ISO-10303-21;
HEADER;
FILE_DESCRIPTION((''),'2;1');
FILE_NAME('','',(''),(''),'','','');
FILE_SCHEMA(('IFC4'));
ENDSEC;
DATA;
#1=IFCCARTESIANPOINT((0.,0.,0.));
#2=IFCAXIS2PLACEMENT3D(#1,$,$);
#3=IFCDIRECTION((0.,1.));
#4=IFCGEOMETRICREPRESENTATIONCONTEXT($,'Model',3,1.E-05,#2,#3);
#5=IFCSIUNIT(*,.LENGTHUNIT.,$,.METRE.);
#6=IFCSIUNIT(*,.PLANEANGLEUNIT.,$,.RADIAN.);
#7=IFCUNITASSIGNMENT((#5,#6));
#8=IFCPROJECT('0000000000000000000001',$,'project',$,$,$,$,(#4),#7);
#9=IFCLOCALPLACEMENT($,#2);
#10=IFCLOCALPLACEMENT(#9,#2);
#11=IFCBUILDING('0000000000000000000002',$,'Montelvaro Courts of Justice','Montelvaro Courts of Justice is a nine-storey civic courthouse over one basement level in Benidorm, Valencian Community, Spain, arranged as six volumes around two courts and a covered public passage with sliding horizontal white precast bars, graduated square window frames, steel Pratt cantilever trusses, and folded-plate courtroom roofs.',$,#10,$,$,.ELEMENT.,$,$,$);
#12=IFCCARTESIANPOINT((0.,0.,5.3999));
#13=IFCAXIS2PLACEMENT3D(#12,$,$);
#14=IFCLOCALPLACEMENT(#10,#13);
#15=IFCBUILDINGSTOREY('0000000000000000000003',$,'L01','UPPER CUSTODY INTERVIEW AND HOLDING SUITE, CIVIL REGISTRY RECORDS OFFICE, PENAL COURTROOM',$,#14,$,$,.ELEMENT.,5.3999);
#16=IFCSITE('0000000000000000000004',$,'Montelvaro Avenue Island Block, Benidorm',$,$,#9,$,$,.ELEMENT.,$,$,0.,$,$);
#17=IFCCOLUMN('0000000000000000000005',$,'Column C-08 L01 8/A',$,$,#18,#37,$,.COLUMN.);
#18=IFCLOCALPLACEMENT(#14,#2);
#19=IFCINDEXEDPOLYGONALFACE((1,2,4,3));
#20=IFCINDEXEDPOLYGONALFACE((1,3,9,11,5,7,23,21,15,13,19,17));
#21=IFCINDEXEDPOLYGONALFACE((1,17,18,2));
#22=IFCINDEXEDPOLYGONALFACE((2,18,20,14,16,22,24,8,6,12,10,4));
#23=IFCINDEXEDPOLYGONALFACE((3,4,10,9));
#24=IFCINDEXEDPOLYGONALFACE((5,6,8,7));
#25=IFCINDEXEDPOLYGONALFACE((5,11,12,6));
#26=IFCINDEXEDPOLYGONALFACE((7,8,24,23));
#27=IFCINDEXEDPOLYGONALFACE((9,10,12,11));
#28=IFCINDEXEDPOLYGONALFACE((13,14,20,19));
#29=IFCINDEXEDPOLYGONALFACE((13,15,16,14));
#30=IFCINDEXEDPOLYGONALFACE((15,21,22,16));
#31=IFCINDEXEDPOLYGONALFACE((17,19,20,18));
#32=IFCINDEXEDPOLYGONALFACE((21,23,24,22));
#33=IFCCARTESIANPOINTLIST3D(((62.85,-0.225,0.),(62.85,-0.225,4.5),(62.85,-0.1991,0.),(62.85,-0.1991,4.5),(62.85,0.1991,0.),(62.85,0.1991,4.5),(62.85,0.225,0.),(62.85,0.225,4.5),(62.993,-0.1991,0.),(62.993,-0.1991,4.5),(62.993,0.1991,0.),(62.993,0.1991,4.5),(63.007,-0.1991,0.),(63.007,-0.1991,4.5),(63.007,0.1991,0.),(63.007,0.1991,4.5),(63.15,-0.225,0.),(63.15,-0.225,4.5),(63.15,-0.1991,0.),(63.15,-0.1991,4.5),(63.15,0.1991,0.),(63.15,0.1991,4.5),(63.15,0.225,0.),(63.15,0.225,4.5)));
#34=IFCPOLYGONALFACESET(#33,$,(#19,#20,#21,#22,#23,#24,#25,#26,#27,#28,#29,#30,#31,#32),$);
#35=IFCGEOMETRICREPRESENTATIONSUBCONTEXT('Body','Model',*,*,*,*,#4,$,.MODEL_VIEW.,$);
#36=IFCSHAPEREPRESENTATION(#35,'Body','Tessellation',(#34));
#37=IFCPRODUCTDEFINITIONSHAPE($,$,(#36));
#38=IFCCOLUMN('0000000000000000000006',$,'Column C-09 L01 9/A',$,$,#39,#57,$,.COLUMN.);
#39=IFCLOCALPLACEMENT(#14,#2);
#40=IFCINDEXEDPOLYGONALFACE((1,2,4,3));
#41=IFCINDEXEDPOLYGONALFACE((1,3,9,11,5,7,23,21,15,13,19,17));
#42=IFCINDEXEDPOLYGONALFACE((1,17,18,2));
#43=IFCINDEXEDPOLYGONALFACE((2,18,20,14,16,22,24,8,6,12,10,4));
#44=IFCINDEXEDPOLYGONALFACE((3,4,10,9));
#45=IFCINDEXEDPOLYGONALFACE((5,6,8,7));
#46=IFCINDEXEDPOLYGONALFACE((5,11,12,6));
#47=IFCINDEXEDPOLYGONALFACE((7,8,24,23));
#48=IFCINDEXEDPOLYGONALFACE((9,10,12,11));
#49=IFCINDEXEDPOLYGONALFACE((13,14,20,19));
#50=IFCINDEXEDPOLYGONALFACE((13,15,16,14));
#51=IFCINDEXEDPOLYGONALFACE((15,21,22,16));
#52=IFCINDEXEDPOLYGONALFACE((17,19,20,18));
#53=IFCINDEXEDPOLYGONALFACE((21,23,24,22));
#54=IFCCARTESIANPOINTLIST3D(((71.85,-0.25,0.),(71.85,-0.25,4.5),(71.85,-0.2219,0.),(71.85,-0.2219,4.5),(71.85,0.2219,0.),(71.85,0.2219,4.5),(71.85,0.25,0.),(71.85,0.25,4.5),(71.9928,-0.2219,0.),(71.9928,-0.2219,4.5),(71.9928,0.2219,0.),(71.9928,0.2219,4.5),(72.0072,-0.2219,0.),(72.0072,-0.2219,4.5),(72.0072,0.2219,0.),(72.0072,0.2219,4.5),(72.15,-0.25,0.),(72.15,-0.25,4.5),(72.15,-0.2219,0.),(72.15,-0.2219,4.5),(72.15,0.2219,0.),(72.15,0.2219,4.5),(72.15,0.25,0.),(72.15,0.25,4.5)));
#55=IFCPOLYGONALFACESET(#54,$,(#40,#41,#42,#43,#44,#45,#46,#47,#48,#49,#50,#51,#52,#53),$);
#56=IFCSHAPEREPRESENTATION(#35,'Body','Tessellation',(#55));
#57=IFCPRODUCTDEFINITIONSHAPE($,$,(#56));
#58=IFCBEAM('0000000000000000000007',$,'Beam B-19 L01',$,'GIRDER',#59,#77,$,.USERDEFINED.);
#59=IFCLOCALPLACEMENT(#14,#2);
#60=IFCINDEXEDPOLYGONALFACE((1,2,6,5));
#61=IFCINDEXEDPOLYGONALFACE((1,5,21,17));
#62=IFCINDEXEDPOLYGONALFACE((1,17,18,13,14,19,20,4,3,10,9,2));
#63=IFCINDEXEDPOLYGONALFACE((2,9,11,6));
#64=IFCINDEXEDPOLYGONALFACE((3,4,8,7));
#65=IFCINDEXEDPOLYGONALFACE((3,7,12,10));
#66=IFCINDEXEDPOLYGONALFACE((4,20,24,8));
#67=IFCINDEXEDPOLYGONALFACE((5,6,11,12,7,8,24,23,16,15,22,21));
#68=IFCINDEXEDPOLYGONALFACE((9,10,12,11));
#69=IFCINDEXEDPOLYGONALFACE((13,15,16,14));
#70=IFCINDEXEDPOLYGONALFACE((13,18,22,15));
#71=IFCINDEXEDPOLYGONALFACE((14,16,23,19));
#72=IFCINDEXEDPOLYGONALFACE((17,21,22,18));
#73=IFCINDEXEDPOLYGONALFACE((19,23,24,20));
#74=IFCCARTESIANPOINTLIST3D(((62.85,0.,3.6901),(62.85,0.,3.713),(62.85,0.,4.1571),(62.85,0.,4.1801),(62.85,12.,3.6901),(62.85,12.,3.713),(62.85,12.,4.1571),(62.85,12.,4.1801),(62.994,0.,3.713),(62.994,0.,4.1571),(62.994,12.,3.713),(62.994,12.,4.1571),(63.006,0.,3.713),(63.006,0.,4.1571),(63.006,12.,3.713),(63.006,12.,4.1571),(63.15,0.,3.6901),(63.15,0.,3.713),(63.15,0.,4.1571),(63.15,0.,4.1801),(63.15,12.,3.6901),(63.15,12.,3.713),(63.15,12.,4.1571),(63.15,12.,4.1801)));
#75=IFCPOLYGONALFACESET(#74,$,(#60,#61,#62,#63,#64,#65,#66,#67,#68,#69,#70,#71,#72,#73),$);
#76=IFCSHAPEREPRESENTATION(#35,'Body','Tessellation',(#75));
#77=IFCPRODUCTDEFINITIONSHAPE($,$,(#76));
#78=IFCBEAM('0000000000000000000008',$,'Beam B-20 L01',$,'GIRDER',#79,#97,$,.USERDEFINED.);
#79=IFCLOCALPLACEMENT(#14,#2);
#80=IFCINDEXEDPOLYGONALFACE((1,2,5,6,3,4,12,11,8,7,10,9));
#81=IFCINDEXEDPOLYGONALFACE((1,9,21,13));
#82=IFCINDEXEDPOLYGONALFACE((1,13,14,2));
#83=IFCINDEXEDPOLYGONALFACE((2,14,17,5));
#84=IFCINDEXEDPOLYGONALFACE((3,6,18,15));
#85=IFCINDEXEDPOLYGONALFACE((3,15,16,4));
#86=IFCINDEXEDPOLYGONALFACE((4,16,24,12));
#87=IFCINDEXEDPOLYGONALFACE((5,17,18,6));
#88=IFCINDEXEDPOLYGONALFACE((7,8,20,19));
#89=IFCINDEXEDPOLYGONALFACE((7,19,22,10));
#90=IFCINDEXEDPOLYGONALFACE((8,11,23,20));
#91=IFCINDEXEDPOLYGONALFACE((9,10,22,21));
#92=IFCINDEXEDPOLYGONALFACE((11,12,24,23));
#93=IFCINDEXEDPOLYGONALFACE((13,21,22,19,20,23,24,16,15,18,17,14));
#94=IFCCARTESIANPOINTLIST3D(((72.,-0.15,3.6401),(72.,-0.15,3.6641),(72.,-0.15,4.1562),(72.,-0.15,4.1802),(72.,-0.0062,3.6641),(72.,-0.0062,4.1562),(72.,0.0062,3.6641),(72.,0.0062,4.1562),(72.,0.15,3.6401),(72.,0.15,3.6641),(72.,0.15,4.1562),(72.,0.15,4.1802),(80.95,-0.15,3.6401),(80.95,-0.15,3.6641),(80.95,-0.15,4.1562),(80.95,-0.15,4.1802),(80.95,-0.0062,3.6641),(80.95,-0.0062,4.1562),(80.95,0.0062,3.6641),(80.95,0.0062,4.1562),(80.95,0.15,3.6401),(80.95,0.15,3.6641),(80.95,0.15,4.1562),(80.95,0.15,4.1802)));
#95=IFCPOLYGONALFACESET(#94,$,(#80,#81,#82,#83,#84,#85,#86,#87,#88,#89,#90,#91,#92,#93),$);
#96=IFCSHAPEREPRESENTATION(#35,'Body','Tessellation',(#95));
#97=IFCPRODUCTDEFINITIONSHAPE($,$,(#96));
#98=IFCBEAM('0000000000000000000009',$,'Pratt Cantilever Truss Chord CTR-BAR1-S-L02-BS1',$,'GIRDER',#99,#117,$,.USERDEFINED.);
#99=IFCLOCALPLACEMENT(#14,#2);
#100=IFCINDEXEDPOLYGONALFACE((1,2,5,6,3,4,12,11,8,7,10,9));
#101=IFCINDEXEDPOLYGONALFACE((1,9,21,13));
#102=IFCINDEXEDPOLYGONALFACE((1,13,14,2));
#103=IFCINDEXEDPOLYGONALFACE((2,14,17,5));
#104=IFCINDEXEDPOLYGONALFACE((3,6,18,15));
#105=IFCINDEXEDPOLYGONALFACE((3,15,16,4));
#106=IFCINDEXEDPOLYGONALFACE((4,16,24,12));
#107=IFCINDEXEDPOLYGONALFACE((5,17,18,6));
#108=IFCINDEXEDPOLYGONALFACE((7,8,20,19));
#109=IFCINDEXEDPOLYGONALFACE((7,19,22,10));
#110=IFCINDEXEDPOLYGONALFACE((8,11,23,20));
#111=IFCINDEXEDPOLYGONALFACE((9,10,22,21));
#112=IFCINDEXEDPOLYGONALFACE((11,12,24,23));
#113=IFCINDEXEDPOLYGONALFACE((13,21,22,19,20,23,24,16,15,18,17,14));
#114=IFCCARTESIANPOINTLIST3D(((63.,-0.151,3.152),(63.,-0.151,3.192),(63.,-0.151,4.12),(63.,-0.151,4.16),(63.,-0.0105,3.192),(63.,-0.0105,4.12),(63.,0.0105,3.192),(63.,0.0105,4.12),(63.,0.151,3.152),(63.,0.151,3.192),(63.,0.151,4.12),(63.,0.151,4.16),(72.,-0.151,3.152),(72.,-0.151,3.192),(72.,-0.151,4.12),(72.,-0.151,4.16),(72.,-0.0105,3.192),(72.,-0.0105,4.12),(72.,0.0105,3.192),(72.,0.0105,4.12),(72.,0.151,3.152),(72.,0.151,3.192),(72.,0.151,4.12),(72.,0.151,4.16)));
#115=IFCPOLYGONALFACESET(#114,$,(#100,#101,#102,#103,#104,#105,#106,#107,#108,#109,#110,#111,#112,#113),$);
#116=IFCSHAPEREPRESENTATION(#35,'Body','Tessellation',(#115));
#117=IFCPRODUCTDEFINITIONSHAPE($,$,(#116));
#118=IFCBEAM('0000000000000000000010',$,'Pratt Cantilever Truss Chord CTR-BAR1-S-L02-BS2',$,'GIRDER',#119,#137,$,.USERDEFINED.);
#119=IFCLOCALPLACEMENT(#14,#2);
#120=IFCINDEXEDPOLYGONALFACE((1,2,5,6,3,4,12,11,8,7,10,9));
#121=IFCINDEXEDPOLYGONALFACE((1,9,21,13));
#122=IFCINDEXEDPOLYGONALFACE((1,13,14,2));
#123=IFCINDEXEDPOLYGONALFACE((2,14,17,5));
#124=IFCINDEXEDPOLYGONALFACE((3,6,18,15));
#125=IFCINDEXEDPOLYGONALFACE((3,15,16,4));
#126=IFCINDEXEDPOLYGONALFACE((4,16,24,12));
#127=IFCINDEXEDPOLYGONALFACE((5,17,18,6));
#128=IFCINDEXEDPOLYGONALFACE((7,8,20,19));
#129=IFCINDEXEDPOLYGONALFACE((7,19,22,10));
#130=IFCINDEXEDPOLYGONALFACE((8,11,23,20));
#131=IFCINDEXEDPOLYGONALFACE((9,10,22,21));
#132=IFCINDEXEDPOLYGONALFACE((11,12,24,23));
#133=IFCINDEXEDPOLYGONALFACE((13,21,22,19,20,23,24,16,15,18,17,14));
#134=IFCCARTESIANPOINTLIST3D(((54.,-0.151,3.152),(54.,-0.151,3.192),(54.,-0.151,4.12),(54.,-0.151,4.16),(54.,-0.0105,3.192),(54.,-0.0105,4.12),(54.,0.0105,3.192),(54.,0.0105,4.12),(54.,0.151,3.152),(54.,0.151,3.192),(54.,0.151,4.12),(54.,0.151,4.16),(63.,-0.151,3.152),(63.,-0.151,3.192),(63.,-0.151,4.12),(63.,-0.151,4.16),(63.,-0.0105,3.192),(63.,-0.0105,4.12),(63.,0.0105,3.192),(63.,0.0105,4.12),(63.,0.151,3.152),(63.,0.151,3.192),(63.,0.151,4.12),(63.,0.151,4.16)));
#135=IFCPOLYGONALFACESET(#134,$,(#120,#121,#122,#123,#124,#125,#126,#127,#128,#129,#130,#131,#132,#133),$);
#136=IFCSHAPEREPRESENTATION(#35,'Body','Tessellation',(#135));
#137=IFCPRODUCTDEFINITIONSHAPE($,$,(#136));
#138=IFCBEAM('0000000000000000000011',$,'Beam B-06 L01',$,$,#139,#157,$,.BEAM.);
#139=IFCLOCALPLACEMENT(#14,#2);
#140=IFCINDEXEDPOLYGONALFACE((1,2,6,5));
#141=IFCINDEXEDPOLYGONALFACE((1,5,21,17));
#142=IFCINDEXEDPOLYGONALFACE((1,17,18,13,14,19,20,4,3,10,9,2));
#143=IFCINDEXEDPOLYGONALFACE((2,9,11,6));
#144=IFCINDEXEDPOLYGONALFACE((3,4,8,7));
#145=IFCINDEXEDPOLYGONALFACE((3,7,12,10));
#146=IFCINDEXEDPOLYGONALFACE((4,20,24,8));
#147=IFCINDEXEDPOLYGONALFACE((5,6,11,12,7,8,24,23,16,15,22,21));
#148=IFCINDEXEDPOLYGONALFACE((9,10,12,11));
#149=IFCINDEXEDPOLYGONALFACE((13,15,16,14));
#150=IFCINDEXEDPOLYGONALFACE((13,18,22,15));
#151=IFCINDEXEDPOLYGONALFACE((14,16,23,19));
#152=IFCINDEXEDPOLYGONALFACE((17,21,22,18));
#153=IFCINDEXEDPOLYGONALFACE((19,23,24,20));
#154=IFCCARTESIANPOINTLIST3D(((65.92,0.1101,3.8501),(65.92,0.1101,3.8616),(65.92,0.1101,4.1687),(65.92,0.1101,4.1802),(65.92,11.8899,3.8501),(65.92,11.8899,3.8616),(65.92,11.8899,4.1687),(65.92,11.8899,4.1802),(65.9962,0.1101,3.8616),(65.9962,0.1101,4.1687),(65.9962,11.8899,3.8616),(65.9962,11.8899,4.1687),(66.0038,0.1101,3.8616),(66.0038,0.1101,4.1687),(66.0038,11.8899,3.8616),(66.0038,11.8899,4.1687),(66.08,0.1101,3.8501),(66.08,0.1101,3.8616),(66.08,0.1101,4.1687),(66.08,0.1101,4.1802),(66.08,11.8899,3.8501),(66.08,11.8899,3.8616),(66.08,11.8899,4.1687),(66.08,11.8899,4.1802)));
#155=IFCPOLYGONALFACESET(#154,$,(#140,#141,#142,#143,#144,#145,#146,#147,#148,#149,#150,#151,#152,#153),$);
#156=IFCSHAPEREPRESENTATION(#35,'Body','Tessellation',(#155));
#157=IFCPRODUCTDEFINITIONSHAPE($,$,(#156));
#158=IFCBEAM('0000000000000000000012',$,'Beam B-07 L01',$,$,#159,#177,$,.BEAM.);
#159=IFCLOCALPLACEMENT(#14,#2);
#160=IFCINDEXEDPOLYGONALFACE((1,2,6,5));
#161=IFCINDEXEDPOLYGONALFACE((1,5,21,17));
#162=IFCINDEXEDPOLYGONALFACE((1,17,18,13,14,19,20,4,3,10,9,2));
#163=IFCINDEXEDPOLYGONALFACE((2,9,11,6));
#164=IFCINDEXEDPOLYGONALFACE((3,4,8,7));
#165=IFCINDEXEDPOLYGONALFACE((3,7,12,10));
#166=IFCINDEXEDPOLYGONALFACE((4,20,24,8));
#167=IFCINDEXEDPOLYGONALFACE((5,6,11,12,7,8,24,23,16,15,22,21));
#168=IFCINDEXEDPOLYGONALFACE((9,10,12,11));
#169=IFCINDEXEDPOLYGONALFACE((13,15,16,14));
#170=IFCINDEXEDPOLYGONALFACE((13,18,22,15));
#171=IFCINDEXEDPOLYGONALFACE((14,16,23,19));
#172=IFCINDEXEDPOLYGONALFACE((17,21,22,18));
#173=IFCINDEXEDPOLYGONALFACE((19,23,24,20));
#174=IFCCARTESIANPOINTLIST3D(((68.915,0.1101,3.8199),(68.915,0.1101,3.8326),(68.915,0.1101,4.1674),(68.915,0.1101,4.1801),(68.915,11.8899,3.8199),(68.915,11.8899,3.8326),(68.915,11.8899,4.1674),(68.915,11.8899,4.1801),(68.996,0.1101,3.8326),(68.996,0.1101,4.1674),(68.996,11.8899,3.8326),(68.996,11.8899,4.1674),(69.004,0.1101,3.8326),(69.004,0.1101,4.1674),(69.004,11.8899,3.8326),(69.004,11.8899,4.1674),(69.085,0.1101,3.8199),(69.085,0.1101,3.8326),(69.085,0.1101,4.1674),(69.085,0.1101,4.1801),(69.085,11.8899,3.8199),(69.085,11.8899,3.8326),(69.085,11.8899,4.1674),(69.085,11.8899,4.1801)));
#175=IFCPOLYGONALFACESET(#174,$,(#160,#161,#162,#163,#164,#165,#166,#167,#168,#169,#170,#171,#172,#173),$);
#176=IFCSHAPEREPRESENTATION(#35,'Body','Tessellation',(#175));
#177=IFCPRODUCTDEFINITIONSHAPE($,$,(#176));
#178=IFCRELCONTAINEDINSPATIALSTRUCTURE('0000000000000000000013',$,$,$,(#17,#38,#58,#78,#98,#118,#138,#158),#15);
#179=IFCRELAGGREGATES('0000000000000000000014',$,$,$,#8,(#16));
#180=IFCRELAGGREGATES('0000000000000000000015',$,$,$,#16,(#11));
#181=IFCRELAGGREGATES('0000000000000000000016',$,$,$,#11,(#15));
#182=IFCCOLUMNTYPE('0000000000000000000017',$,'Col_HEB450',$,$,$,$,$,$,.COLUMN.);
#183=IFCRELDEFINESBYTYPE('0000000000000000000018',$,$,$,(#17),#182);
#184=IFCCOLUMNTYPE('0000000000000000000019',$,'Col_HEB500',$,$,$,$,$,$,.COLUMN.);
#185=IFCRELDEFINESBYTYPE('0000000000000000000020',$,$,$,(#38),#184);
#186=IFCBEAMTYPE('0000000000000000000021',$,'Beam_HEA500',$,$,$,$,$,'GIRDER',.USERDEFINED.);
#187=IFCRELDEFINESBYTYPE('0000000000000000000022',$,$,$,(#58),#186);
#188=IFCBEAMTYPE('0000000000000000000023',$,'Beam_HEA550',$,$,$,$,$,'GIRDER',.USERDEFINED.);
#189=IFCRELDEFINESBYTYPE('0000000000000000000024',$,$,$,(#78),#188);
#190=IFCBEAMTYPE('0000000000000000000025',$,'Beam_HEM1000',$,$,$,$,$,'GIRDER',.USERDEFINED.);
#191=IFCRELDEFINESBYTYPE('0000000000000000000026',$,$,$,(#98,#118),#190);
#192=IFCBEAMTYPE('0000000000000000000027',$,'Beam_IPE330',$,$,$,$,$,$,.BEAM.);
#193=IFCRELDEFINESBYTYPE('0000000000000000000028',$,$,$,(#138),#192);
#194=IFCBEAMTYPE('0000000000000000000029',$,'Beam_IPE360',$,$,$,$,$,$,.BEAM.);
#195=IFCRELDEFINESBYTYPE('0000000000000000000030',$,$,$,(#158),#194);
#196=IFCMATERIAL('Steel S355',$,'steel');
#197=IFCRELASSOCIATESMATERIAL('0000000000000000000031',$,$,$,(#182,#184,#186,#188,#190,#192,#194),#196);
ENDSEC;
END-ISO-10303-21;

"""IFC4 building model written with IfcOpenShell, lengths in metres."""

from ifc_helpers import new_model, si_unit, direction, frame, origin, origin_2d, place, context, subcontext, project, spatial, i_section, extrude, material, material_profile, profile_set, type_object, element, save


model = new_model("IFC4")

# Units and contexts
model_context = context("Model", 3, precision=1e-05, world=origin(), true_north=direction((0.0, 1.0)))
body_context = subcontext(model_context, "Body", "Model", "MODEL_VIEW")
ifc_project = project(units=[si_unit("LENGTHUNIT", "METRE"), si_unit("PLANEANGLEUNIT", "RADIAN")], contexts=[model_context])

# Site, building, storey
site_placement = place(None, origin())
site = spatial("IfcSite", under=ifc_project, at=site_placement, Name="Montelvaro Avenue Island Block, Benidorm", CompositionType="ELEMENT", RefElevation=0.0)
building_placement = place(site_placement, origin())
building = spatial("IfcBuilding", under=site, at=building_placement, Name="Montelvaro Courts of Justice", Description="Montelvaro Courts of Justice is a nine-storey civic courthouse over one basement level in Benidorm, Valencian Community, Spain, arranged as six volumes around two courts and a covered public passage with sliding horizontal white precast bars, graduated square window frames, steel Pratt cantilever trusses, and folded-plate courtroom roofs.", CompositionType="ELEMENT")
storey_placement = place(building_placement, frame((0.0, 0.0, 5.3999)))
storey = spatial("IfcBuildingStorey", under=building, at=storey_placement, Name="L01", Description="UPPER CUSTODY INTERVIEW AND HOLDING SUITE, CIVIL REGISTRY RECORDS OFFICE, PENAL COURTROOM", CompositionType="ELEMENT", Elevation=5.3999)

# Columns
ifc_material_1 = material(Name="Steel S355", Category="steel")
ifc_material_profile_1 = material_profile(ifc_material_1, i_section(OverallWidth=0.3, OverallDepth=0.45, WebThickness=0.0139, FlangeThickness=0.0259, at=origin_2d()), Name="HEB 450")
ifc_profile_set_1 = profile_set([ifc_material_profile_1], Name="Steel S355")
column_type_1 = type_object("IfcColumnType", Name="Col_HEB450", PredefinedType="COLUMN", material=ifc_profile_set_1)
column_1_placement = place(storey_placement, frame((63.0, 0.0, 0.0), z_axis=(0.0, 0.0, 1.0), x_axis=(1.0, 0.0, 0.0)))
element("IfcColumn", 1, at=column_1_placement, inside=storey, type_object=column_type_1, Name="Column C-08 L01 8/A", PredefinedType="COLUMN", context=body_context, shape_type="SweptSolid", body=[
    extrude(i_section(OverallWidth=0.3, OverallDepth=0.45, WebThickness=0.0139, FlangeThickness=0.0259, at=origin_2d()), origin(), (0.0, 0.0, 1.0), 4.5),
])
ifc_material_profile_2 = material_profile(ifc_material_1, i_section(OverallWidth=0.3, OverallDepth=0.5, WebThickness=0.0144, FlangeThickness=0.0281, at=origin_2d()), Name="HEB 500")
ifc_profile_set_2 = profile_set([ifc_material_profile_2], Name="Steel S355")
column_type_2 = type_object("IfcColumnType", Name="Col_HEB500", PredefinedType="COLUMN", material=ifc_profile_set_2)
column_2_placement = place(storey_placement, frame((72.0, 0.0, 0.0), z_axis=(0.0, 0.0, 1.0), x_axis=(1.0, 0.0, 0.0)))
element("IfcColumn", 2, at=column_2_placement, inside=storey, type_object=column_type_2, Name="Column C-09 L01 9/A", PredefinedType="COLUMN", context=body_context, shape_type="SweptSolid", body=[
    extrude(i_section(OverallWidth=0.3, OverallDepth=0.5, WebThickness=0.0144, FlangeThickness=0.0281, at=origin_2d()), origin(), (0.0, 0.0, 1.0), 4.5),
])

# Beams
ifc_material_profile_3 = material_profile(ifc_material_1, i_section(OverallWidth=0.3, OverallDepth=0.49, WebThickness=0.012, FlangeThickness=0.0229, at=origin_2d()), Name="HEA 500")
ifc_profile_set_3 = profile_set([ifc_material_profile_3], Name="Steel S355")
beam_type_1 = type_object("IfcBeamType", Name="Beam_HEA500", ElementType="GIRDER", PredefinedType="USERDEFINED", material=ifc_profile_set_3)
beam_1_placement = place(storey_placement, frame((63.0, 0.0, 3.9351), z_axis=(0.0, 1.0, 0.0), x_axis=(-1.0, 0.0, 0.0)))
element("IfcBeam", 3, at=beam_1_placement, inside=storey, type_object=beam_type_1, Name="Beam B-19 L01", ObjectType="GIRDER", PredefinedType="USERDEFINED", context=body_context, shape_type="SweptSolid", body=[
    extrude(i_section(OverallWidth=0.3, OverallDepth=0.49, WebThickness=0.012, FlangeThickness=0.0229, at=origin_2d()), origin(), (0.0, 0.0, 1.0), 12.0),
])
ifc_material_profile_4 = material_profile(ifc_material_1, i_section(OverallWidth=0.3, OverallDepth=0.54, WebThickness=0.0125, FlangeThickness=0.0239, at=origin_2d()), Name="HEA 550")
ifc_profile_set_4 = profile_set([ifc_material_profile_4], Name="Steel S355")
beam_type_2 = type_object("IfcBeamType", Name="Beam_HEA550", ElementType="GIRDER", PredefinedType="USERDEFINED", material=ifc_profile_set_4)
beam_2_placement = place(storey_placement, frame((72.0, 0.0, 3.9102), z_axis=(1.0, 0.0, 0.0), x_axis=(0.0, 1.0, 0.0)))
element("IfcBeam", 4, at=beam_2_placement, inside=storey, type_object=beam_type_2, Name="Beam B-20 L01", ObjectType="GIRDER", PredefinedType="USERDEFINED", context=body_context, shape_type="SweptSolid", body=[
    extrude(i_section(OverallWidth=0.3, OverallDepth=0.54, WebThickness=0.0125, FlangeThickness=0.0239, at=origin_2d()), origin(), (0.0, 0.0, 1.0), 8.95),
])
ifc_material_profile_5 = material_profile(ifc_material_1, i_section(OverallWidth=0.302, OverallDepth=1.0081, WebThickness=0.021, FlangeThickness=0.04, at=origin_2d()), Name="HEM 1000")
ifc_profile_set_5 = profile_set([ifc_material_profile_5], Name="Steel S355")
beam_type_3 = type_object("IfcBeamType", Name="Beam_HEM1000", ElementType="GIRDER", PredefinedType="USERDEFINED", material=ifc_profile_set_5)
for number, where, z_axis, x_axis, name in (
    (5, (72.0, 0.0, 3.656), (-1.0, 0.0, 0.0), (0.0, -1.0, 0.0), "Pratt Cantilever Truss Chord CTR-BAR1-S-L02-BS1"),
    (6, (63.0, 0.0, 3.656), (-1.0, 0.0, 0.0), (0.0, -1.0, 0.0), "Pratt Cantilever Truss Chord CTR-BAR1-S-L02-BS2"),
):
    element("IfcBeam", number, at=place(storey_placement, frame(where, z_axis=z_axis, x_axis=x_axis)), inside=storey, type_object=beam_type_3, Name=name, ObjectType="GIRDER", PredefinedType="USERDEFINED", context=body_context, shape_type="SweptSolid", body=[
        extrude(i_section(OverallWidth=0.302, OverallDepth=1.0081, WebThickness=0.021, FlangeThickness=0.04, at=origin_2d()), origin(), (0.0, 0.0, 1.0), 9.0),
    ])
ifc_material_profile_6 = material_profile(ifc_material_1, i_section(OverallWidth=0.1599, OverallDepth=0.3301, WebThickness=0.0076, FlangeThickness=0.0115, at=origin_2d()), Name="IPE 330")
ifc_profile_set_6 = profile_set([ifc_material_profile_6], Name="Steel S355")
beam_type_4 = type_object("IfcBeamType", Name="Beam_IPE330", PredefinedType="BEAM", material=ifc_profile_set_6)
beam_3_placement = place(storey_placement, frame((66.0, 0.1101, 4.0151), z_axis=(0.0, 1.0, 0.0), x_axis=(-1.0, 0.0, 0.0)))
element("IfcBeam", 7, at=beam_3_placement, inside=storey, type_object=beam_type_4, Name="Beam B-06 L01", PredefinedType="BEAM", context=body_context, shape_type="SweptSolid", body=[
    extrude(i_section(OverallWidth=0.1599, OverallDepth=0.3301, WebThickness=0.0076, FlangeThickness=0.0115, at=origin_2d()), origin(), (0.0, 0.0, 1.0), 11.7798),
])
ifc_material_profile_7 = material_profile(ifc_material_1, i_section(OverallWidth=0.1699, OverallDepth=0.3601, WebThickness=0.0081, FlangeThickness=0.0127, at=origin_2d()), Name="IPE 360")
ifc_profile_set_7 = profile_set([ifc_material_profile_7], Name="Steel S355")
beam_type_5 = type_object("IfcBeamType", Name="Beam_IPE360", PredefinedType="BEAM", material=ifc_profile_set_7)
for number, where, z_axis, x_axis, name in (
    (8, (69.0, 0.1101, 4.0), (0.0, 1.0, 0.0), (-1.0, 0.0, 0.0), "Beam B-07 L01"),
):
    element("IfcBeam", number, at=place(storey_placement, frame(where, z_axis=z_axis, x_axis=x_axis)), inside=storey, type_object=beam_type_5, Name=name, PredefinedType="BEAM", context=body_context, shape_type="SweptSolid", body=[
        extrude(i_section(OverallWidth=0.1699, OverallDepth=0.3601, WebThickness=0.0081, FlangeThickness=0.0127, at=origin_2d()), origin(), (0.0, 0.0, 1.0), 11.7798),
    ])

save(model, "model.ifc")
